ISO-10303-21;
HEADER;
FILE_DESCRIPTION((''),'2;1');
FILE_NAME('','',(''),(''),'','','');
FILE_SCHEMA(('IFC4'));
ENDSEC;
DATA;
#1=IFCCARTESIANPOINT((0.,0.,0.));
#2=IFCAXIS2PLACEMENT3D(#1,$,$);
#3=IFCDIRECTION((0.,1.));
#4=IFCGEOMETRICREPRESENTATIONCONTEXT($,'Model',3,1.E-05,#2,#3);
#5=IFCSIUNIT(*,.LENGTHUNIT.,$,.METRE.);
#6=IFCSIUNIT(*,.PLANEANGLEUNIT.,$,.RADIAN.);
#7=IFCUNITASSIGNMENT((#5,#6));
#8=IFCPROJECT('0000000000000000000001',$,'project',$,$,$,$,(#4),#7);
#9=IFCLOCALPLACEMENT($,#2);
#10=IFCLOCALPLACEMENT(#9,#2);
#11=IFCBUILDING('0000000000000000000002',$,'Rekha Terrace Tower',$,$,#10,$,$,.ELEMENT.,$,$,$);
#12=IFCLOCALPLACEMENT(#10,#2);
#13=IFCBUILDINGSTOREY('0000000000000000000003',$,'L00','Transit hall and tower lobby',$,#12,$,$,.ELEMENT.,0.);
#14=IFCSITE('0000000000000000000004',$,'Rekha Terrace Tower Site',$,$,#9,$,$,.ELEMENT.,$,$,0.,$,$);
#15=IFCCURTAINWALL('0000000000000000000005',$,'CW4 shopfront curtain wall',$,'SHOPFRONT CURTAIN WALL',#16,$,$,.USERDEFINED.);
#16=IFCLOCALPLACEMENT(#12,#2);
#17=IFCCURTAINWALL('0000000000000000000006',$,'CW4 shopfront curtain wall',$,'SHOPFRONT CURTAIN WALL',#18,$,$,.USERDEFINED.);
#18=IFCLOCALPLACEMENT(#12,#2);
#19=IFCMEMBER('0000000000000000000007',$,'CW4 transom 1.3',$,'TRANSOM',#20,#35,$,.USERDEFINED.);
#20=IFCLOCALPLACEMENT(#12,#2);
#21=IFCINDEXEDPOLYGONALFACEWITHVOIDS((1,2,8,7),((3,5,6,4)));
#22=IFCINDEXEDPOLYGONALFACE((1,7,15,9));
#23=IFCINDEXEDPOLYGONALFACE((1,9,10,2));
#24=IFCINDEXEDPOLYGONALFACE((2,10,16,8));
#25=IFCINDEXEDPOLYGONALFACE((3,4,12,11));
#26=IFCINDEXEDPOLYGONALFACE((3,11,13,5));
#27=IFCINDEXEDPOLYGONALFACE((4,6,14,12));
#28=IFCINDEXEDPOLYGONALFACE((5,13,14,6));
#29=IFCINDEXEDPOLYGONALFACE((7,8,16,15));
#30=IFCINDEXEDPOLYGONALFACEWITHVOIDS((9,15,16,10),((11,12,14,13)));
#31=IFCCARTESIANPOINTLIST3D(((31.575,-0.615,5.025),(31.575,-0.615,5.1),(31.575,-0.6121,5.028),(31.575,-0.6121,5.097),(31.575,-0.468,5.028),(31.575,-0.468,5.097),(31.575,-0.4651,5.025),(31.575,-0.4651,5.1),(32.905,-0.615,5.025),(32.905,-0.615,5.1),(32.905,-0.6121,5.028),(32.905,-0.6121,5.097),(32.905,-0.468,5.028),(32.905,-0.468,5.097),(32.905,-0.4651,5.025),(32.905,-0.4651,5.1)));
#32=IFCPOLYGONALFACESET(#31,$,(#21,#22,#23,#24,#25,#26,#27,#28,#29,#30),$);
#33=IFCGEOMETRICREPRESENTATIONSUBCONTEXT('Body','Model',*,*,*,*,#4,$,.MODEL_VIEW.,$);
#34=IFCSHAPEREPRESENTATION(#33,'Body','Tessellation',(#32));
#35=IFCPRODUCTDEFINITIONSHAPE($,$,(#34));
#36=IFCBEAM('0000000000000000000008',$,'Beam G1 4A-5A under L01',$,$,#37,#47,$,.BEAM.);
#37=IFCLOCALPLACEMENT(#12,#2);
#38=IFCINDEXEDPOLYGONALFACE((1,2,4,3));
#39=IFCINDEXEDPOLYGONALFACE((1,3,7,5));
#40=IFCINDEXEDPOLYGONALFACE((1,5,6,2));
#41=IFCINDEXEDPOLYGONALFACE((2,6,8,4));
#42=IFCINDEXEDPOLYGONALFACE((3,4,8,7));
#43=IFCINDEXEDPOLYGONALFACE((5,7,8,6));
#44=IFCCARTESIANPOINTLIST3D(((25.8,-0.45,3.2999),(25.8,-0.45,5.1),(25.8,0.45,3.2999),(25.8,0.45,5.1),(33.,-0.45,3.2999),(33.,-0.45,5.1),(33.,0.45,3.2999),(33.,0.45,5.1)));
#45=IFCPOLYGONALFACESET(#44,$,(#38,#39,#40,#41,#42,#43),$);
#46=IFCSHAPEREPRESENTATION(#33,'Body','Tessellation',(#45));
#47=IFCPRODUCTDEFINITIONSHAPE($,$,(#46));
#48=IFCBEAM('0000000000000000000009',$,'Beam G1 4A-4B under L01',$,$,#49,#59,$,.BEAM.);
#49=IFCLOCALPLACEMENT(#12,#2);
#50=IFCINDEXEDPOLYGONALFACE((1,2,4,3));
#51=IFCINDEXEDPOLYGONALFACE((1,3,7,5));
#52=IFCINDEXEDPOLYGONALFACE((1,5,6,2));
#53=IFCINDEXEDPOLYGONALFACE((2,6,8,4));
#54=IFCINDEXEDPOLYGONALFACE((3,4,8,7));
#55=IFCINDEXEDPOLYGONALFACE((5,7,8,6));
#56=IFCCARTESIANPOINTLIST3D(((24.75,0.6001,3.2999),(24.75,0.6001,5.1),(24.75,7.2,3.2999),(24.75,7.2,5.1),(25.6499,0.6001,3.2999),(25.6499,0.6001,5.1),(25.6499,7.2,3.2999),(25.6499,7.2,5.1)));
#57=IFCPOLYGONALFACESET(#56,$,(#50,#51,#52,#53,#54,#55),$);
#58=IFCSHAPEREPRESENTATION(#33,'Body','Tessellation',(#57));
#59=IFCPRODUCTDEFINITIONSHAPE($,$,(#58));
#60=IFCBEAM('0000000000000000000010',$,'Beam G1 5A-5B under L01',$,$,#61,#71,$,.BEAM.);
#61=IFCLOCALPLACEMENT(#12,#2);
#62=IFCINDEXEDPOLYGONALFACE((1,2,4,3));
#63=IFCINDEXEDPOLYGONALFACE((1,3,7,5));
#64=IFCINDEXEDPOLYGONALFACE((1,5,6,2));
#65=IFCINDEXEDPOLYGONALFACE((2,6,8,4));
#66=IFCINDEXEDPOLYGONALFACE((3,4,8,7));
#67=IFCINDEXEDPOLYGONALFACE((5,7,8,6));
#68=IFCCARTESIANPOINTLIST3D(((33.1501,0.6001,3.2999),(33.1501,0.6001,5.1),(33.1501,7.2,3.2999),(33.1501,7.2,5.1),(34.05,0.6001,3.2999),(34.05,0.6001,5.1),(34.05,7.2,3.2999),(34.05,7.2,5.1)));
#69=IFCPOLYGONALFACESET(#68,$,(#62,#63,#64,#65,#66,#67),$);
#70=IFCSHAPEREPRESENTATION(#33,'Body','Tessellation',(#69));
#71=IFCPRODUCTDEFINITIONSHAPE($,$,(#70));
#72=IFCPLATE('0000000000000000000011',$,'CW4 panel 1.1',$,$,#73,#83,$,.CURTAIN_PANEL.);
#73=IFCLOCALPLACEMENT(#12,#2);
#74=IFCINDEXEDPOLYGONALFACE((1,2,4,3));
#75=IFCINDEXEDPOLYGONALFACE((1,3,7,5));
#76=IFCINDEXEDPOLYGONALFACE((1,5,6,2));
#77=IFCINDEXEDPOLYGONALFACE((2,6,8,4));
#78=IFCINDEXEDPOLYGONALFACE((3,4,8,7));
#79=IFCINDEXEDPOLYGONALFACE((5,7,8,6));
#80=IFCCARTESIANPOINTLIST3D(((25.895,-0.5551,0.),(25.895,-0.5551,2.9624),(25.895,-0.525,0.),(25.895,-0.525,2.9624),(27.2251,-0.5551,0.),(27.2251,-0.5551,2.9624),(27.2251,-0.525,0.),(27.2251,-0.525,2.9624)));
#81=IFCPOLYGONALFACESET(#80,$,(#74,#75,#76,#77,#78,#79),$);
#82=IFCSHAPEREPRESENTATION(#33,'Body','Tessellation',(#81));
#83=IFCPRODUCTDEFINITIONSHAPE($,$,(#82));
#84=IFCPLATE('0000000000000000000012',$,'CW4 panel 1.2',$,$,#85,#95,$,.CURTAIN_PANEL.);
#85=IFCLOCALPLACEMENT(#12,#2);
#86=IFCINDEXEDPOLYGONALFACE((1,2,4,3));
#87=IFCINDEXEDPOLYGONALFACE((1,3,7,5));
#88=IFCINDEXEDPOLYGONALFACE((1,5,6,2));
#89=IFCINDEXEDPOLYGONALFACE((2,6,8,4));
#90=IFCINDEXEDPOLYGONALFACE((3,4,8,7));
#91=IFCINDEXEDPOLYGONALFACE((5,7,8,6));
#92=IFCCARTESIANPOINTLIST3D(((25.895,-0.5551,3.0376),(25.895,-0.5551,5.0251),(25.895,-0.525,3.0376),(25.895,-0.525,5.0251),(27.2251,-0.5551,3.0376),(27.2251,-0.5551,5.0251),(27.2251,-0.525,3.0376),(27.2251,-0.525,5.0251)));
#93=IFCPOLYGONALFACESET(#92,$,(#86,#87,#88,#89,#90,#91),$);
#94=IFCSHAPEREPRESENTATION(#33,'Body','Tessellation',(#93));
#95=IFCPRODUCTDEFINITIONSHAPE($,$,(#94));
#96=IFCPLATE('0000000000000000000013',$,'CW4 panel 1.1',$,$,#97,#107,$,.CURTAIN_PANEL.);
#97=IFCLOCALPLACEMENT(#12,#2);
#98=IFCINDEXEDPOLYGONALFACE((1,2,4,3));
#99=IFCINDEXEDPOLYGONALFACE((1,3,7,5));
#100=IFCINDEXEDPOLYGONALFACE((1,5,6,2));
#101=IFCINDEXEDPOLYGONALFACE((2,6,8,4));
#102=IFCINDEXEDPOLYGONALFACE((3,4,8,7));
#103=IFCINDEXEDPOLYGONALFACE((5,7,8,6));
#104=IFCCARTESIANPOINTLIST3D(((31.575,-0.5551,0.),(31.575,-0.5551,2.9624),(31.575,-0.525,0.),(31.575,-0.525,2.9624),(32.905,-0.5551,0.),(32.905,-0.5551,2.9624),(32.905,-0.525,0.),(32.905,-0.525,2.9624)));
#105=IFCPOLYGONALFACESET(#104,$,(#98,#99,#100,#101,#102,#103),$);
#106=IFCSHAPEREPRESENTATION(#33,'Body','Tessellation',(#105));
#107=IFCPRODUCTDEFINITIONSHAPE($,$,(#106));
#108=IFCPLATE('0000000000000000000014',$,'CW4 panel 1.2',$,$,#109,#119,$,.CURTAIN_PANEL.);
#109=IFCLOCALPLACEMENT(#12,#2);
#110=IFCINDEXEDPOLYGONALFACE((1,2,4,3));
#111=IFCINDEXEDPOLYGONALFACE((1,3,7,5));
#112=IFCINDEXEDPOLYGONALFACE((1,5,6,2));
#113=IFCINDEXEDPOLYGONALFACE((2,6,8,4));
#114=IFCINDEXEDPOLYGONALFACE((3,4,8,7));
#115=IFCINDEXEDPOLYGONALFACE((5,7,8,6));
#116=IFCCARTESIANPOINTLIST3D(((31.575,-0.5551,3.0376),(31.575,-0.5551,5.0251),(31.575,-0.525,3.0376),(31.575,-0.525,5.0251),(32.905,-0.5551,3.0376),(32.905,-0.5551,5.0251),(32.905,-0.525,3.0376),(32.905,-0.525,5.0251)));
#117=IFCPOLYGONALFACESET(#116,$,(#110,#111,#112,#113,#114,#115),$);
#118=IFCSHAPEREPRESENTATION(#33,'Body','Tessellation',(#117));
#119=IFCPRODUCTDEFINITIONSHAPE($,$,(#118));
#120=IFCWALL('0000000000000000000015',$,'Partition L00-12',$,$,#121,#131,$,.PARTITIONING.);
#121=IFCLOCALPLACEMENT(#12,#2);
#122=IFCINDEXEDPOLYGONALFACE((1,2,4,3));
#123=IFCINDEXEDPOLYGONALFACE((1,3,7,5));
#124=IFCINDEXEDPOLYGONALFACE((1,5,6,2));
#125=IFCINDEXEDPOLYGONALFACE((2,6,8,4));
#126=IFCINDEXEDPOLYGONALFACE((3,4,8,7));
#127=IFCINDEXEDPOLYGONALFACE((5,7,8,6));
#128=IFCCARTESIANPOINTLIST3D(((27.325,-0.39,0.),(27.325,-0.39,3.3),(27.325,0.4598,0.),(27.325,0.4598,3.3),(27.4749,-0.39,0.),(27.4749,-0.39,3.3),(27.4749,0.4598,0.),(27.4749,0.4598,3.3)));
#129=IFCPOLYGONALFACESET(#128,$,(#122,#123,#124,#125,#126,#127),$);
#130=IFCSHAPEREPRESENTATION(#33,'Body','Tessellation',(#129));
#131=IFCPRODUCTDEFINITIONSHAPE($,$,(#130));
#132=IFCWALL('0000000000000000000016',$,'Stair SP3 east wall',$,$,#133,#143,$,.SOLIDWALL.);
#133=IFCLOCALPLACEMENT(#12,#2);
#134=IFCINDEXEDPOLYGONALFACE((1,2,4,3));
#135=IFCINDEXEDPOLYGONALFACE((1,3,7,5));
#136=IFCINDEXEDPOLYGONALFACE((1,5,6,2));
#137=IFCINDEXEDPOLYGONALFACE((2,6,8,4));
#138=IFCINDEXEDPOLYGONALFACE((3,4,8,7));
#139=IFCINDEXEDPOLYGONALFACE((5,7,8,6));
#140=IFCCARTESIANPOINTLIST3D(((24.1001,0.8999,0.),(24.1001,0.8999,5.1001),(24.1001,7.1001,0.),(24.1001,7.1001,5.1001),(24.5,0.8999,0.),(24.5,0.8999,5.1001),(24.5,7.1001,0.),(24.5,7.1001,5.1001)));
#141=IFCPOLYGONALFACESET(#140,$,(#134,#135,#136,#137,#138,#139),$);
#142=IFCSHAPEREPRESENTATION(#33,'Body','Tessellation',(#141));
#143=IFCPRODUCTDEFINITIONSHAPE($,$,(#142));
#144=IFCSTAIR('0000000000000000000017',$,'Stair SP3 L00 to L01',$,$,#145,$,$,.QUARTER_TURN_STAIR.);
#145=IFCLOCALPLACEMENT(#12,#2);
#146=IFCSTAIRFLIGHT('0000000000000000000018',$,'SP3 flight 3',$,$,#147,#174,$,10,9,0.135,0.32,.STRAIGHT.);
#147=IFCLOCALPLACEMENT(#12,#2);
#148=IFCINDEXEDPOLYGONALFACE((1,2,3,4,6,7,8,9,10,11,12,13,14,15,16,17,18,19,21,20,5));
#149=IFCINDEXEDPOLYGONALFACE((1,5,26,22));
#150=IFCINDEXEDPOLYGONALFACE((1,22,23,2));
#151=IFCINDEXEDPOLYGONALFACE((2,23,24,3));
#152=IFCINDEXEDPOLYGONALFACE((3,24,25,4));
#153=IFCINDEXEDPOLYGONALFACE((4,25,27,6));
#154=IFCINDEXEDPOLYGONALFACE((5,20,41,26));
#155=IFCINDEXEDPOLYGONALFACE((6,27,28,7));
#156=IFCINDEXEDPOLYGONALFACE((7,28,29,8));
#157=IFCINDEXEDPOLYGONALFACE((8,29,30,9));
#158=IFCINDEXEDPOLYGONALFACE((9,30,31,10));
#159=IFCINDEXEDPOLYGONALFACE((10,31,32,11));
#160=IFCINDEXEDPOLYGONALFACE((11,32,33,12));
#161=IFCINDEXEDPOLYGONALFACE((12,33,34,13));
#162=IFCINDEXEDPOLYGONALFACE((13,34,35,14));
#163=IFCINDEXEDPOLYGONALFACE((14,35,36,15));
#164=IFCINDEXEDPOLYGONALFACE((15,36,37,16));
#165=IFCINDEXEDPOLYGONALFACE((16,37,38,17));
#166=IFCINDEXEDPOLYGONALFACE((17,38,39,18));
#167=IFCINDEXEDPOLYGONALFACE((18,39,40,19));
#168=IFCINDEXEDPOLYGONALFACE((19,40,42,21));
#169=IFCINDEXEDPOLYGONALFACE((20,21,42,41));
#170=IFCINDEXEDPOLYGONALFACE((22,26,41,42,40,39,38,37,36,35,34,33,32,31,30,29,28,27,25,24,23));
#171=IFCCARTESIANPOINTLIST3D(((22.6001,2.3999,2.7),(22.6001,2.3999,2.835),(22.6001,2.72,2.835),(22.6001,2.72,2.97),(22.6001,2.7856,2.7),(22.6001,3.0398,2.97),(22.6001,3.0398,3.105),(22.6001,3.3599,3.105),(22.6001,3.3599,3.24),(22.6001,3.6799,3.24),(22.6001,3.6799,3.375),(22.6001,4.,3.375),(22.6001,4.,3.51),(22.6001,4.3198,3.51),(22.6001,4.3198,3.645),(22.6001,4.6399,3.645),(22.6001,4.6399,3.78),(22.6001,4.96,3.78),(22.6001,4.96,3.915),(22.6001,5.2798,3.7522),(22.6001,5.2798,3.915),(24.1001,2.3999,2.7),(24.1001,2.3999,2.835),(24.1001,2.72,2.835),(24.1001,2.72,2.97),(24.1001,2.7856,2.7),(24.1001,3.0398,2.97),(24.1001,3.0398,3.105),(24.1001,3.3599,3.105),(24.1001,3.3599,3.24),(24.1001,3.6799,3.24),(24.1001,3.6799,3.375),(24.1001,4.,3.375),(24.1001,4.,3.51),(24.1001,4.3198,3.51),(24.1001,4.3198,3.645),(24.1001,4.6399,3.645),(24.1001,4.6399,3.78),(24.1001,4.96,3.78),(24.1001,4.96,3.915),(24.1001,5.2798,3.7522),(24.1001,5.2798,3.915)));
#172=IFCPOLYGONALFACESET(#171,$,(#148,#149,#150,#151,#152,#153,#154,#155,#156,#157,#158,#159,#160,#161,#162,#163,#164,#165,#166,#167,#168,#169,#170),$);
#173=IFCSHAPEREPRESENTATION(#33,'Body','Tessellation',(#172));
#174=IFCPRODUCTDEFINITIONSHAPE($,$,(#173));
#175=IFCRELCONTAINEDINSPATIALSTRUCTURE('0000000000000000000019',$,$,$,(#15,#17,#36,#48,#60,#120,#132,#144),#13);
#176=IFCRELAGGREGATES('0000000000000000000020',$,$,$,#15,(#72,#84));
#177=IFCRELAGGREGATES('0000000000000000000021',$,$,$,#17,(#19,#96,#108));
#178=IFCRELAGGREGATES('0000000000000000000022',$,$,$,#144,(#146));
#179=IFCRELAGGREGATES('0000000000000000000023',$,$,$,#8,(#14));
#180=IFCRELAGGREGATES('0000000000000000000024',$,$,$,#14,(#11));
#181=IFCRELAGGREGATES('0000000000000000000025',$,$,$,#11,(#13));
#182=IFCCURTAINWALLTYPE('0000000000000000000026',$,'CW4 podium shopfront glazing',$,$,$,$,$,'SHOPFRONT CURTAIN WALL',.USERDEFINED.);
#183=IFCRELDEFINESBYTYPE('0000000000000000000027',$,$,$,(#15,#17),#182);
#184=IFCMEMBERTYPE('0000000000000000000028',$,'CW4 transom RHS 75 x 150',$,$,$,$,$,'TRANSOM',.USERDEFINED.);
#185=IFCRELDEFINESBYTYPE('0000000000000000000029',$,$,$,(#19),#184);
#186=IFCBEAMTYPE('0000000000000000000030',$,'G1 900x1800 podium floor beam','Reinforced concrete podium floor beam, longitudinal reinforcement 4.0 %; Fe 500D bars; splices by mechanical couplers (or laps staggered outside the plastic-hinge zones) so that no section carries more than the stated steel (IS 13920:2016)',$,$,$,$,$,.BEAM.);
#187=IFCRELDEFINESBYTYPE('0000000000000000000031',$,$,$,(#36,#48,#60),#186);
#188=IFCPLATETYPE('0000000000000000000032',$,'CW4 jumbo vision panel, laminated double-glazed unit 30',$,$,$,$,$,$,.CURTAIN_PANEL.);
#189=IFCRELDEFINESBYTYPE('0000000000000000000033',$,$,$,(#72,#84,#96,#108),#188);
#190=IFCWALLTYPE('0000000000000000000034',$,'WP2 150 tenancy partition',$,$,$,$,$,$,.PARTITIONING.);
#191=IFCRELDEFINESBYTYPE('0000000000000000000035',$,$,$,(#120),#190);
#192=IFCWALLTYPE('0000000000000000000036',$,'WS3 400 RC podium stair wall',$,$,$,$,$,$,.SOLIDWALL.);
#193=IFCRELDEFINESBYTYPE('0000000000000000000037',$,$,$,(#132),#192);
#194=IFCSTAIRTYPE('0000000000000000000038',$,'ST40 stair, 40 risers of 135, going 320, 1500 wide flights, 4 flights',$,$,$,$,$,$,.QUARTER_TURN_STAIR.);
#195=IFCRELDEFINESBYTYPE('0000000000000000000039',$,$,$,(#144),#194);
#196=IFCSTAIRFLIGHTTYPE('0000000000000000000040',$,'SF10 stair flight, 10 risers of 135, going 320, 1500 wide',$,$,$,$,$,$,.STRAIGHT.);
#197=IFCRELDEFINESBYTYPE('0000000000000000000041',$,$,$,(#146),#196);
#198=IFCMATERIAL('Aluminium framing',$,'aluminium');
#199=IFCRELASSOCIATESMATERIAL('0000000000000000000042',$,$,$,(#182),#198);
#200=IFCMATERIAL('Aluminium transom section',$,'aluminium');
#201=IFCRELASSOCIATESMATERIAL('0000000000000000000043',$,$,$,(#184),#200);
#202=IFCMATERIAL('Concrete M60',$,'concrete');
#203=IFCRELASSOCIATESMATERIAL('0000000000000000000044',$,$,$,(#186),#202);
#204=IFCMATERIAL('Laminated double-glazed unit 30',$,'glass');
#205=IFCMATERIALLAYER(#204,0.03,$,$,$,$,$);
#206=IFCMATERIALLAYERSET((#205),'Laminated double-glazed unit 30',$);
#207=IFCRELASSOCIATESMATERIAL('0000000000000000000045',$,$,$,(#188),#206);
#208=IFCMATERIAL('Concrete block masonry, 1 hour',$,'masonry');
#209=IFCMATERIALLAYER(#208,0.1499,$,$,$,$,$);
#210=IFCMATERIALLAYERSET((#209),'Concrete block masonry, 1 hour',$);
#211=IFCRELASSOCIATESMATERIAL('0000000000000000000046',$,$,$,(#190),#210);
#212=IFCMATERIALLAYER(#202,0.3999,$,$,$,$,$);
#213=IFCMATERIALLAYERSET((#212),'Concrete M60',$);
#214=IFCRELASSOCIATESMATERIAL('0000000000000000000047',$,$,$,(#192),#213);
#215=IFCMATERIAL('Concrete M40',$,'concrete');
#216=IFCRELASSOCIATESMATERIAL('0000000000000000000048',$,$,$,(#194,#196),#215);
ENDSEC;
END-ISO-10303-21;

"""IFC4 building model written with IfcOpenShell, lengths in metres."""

from ifc_helpers import new_model, si_unit, direction, frame, frame_2d, origin, origin_2d, place, context, subcontext, project, spatial, polyline, rectangle, hollow_rectangle, outline, extrude, material, layer, layer_set, material_profile, profile_set, type_object, element, aggregate, save


model = new_model("IFC4")

# Units and contexts
model_context = context("Model", 3, precision=1e-05, world=origin(), true_north=direction((0.0, 1.0)))
body_context = subcontext(model_context, "Body", "Model", "MODEL_VIEW")
ifc_project = project(units=[si_unit("LENGTHUNIT", "METRE"), si_unit("PLANEANGLEUNIT", "RADIAN")], contexts=[model_context])

# Site, building, storey
site_placement = place(None, origin())
site = spatial("IfcSite", under=ifc_project, at=site_placement, Name="Rekha Terrace Tower Site", CompositionType="ELEMENT", RefElevation=0.0)
building_placement = place(site_placement, origin())
building = spatial("IfcBuilding", under=site, at=building_placement, Name="Rekha Terrace Tower", CompositionType="ELEMENT")
storey_placement = place(building_placement, origin())
storey = spatial("IfcBuildingStorey", under=building, at=storey_placement, Name="L00", Description="Transit hall and tower lobby", CompositionType="ELEMENT", Elevation=0.0)

# Shared definitions
ifc_material_1 = material(Name="Concrete M60", Category="concrete")

# Shared definitions
ifc_material_2 = material(Name="Aluminium framing", Category="aluminium")
curtain_wall_type = type_object("IfcCurtainWallType", Name="CW4 podium shopfront glazing", ElementType="SHOPFRONT CURTAIN WALL", PredefinedType="USERDEFINED", material=ifc_material_2)

# Curtain walls
curtain_wall_1_placement = place(storey_placement, origin())
curtain_wall_1 = element("IfcCurtainWall", 1, at=curtain_wall_1_placement, inside=storey, type_object=curtain_wall_type, Name="CW4 shopfront curtain wall", ObjectType="SHOPFRONT CURTAIN WALL", PredefinedType="USERDEFINED")
curtain_wall_2_placement = place(storey_placement, origin())
curtain_wall_2 = element("IfcCurtainWall", 2, at=curtain_wall_2_placement, inside=storey, type_object=curtain_wall_type, Name="CW4 shopfront curtain wall", ObjectType="SHOPFRONT CURTAIN WALL", PredefinedType="USERDEFINED")

# Member
ifc_material_3 = material(Name="Aluminium transom section", Category="aluminium")
ifc_material_profile_1 = material_profile(ifc_material_3, hollow_rectangle(XDim=0.1499, YDim=0.075, WallThickness=0.0029, at=origin_2d()), Name="AL RHS 150x75")
ifc_profile_set_1 = profile_set([ifc_material_profile_1], Name="Aluminium transom section")
member_type_1 = type_object("IfcMemberType", Name="CW4 transom RHS 75 x 150", ElementType="TRANSOM", PredefinedType="USERDEFINED", material=ifc_profile_set_1)
member_1_placement = place(storey_placement, frame((31.575, -0.54, 5.0625), z_axis=(1.0, 0.0, 0.0), x_axis=(0.0, 1.0, 0.0)))
member_1 = element("IfcMember", 3, at=member_1_placement, type_object=member_type_1, Name="CW4 transom 1.3", ObjectType="TRANSOM", PredefinedType="USERDEFINED", context=body_context, shape_type="SweptSolid", body=[
    extrude(hollow_rectangle(XDim=0.1499, YDim=0.075, WallThickness=0.0029, at=origin_2d()), origin(), (0.0, 0.0, 1.0), 1.3301),
])

# Beams
ifc_material_profile_2 = material_profile(ifc_material_1, rectangle(XDim=0.8999, YDim=1.8, at=origin_2d()), Name="RC 900x1800")
ifc_profile_set_2 = profile_set([ifc_material_profile_2], Name="Concrete M60")
beam_type = type_object("IfcBeamType", Name="G1 900x1800 podium floor beam", Description="Reinforced concrete podium floor beam, longitudinal reinforcement 4.0 %; Fe 500D bars; splices by mechanical couplers (or laps staggered outside the plastic-hinge zones) so that no section carries more than the stated steel (IS 13920:2016)", PredefinedType="BEAM", material=ifc_profile_set_2)
beam_placement = place(storey_placement, frame((25.8, 0.0, 4.2), z_axis=(1.0, 0.0, 0.0), x_axis=(0.0, 1.0, 0.0)))
element("IfcBeam", 4, at=beam_placement, inside=storey, type_object=beam_type, Name="Beam G1 4A-5A under L01", PredefinedType="BEAM", context=body_context, shape_type="SweptSolid", body=[
    extrude(rectangle(XDim=0.8999, YDim=1.8, at=origin_2d()), origin(), (0.0, 0.0, 1.0), 7.2),
])
for number, where, z_axis, x_axis, name in (
    (5, (25.2, 0.6001, 4.2), (0.0, 1.0, 0.0), (-1.0, 0.0, 0.0), "Beam G1 4A-4B under L01"),
    (6, (33.6001, 0.6001, 4.2), (0.0, 1.0, 0.0), (-1.0, 0.0, 0.0), "Beam G1 5A-5B under L01"),
):
    element("IfcBeam", number, at=place(storey_placement, frame(where, z_axis=z_axis, x_axis=x_axis)), inside=storey, type_object=beam_type, Name=name, PredefinedType="BEAM", context=body_context, shape_type="SweptSolid", body=[
        extrude(rectangle(XDim=0.8999, YDim=1.8, at=origin_2d()), origin(), (0.0, 0.0, 1.0), 6.5999),
    ])

# Plates
ifc_material_4 = material(Name="Laminated double-glazed unit 30", Category="glass")
ifc_layer_1 = layer(ifc_material_4, 0.03)
ifc_layer_set_1 = layer_set([ifc_layer_1], Name="Laminated double-glazed unit 30")
plate_type = type_object("IfcPlateType", Name="CW4 jumbo vision panel, laminated double-glazed unit 30", PredefinedType="CURTAIN_PANEL", material=ifc_layer_set_1)
plate_1_placement = place(storey_placement, frame((26.5601, -0.54, 0.0), z_axis=(0.0, 0.0, 1.0), x_axis=(1.0, 0.0, 0.0)))
plate_1 = element("IfcPlate", 7, at=plate_1_placement, type_object=plate_type, Name="CW4 panel 1.1", PredefinedType="CURTAIN_PANEL", context=body_context, shape_type="SweptSolid", body=[
    extrude(rectangle(XDim=1.3301, YDim=0.03, at=origin_2d()), origin(), (0.0, 0.0, 1.0), 2.9624),
])
plate_2_placement = place(storey_placement, frame((26.5601, -0.54, 3.0376), z_axis=(0.0, 0.0, 1.0), x_axis=(1.0, 0.0, 0.0)))
plate_2 = element("IfcPlate", 8, at=plate_2_placement, type_object=plate_type, Name="CW4 panel 1.2", PredefinedType="CURTAIN_PANEL", context=body_context, shape_type="SweptSolid", body=[
    extrude(rectangle(XDim=1.3301, YDim=0.03, at=origin_2d()), origin(), (0.0, 0.0, 1.0), 1.9875),
])
aggregate(curtain_wall_1, [plate_1, plate_2])
plate_3_placement = place(storey_placement, frame((32.24, -0.54, 0.0), z_axis=(0.0, 0.0, 1.0), x_axis=(1.0, 0.0, 0.0)))
plate_3 = element("IfcPlate", 9, at=plate_3_placement, type_object=plate_type, Name="CW4 panel 1.1", PredefinedType="CURTAIN_PANEL", context=body_context, shape_type="SweptSolid", body=[
    extrude(rectangle(XDim=1.3301, YDim=0.03, at=origin_2d()), origin(), (0.0, 0.0, 1.0), 2.9624),
])
plate_4_placement = place(storey_placement, frame((32.24, -0.54, 3.0376), z_axis=(0.0, 0.0, 1.0), x_axis=(1.0, 0.0, 0.0)))
plate_4 = element("IfcPlate", 10, at=plate_4_placement, type_object=plate_type, Name="CW4 panel 1.2", PredefinedType="CURTAIN_PANEL", context=body_context, shape_type="SweptSolid", body=[
    extrude(rectangle(XDim=1.3301, YDim=0.03, at=origin_2d()), origin(), (0.0, 0.0, 1.0), 1.9875),
])
aggregate(curtain_wall_2, [member_1, plate_3, plate_4])

# Shared definitions
ifc_material_5 = material(Name="Concrete M40", Category="concrete")

# Wall
ifc_material_6 = material(Name="Concrete block masonry, 1 hour", Category="masonry")
ifc_layer_2 = layer(ifc_material_6, 0.1499)
ifc_layer_set_2 = layer_set([ifc_layer_2], Name="Concrete block masonry, 1 hour")
wall_type_1 = type_object("IfcWallType", Name="WP2 150 tenancy partition", PredefinedType="PARTITIONING", material=ifc_layer_set_2)
wall_1_placement = place(storey_placement, frame((27.3999, -0.3899, 0.0), z_axis=(0.0, 0.0, 1.0), x_axis=(0.0, 1.0, 0.0)))
element("IfcWall", 11, at=wall_1_placement, inside=storey, type_object=wall_type_1, Name="Partition L00-12", PredefinedType="PARTITIONING", context=body_context, shape_type="SweptSolid", body=[
    extrude(rectangle(XDim=0.8499, YDim=0.1499, at=frame_2d((0.4248, 0.0))), origin(), (0.0, 0.0, 1.0), 3.3),
])

# Wall
ifc_layer_3 = layer(ifc_material_1, 0.3999)
ifc_layer_set_3 = layer_set([ifc_layer_3], Name="Concrete M60")
wall_type_2 = type_object("IfcWallType", Name="WS3 400 RC podium stair wall", PredefinedType="SOLIDWALL", material=ifc_layer_set_3)
wall_2_placement = place(storey_placement, frame((24.3, 0.8999, 0.0), z_axis=(0.0, 0.0, 1.0), x_axis=(0.0, 1.0, 0.0)))
element("IfcWall", 12, at=wall_2_placement, inside=storey, type_object=wall_type_2, Name="Stair SP3 east wall", PredefinedType="SOLIDWALL", context=body_context, shape_type="SweptSolid", body=[
    extrude(rectangle(XDim=6.2002, YDim=0.3999, at=frame_2d((3.1001, 0.0))), origin(), (0.0, 0.0, 1.0), 5.1001),
])

# Stair, stair flight
stair_type = type_object("IfcStairType", Name="ST40 stair, 40 risers of 135, going 320, 1500 wide flights, 4 flights", PredefinedType="QUARTER_TURN_STAIR", material=ifc_material_5)
stair_placement = place(storey_placement, origin())
stair = element("IfcStair", 13, at=stair_placement, inside=storey, type_object=stair_type, Name="Stair SP3 L00 to L01", PredefinedType="QUARTER_TURN_STAIR")
stair_flight_type = type_object("IfcStairFlightType", Name="SF10 stair flight, 10 risers of 135, going 320, 1500 wide", PredefinedType="STRAIGHT", material=ifc_material_5)
stair_flight_placement = place(storey_placement, frame((23.3501, 2.3999, 2.7), z_axis=(0.0, 0.0, 1.0), x_axis=(0.0, 1.0, 0.0)))
stair_flight = element("IfcStairFlight", 14, at=stair_flight_placement, type_object=stair_flight_type, Name="SP3 flight 3", NumberOfRisers=10, NumberOfTreads=9, PredefinedType="STRAIGHT", RiserHeight=0.135, TreadLength=0.32, context=body_context, shape_type="SweptSolid", body=[
    extrude(outline(polyline([(0.0, 0.0), (0.0, 0.135), (0.3201, 0.135), (0.3201, 0.27), (0.6399, 0.27), (0.6399, 0.405), (0.96, 0.405), (0.96, 0.54), (1.28, 0.54), (1.28, 0.675), (1.6001, 0.675), (1.6001, 0.8101), (1.9199, 0.8101), (1.9199, 0.9451), (2.24, 0.9451), (2.24, 1.0801), (2.5601, 1.0801), (2.5601, 1.2151), (2.8799, 1.2151), (2.8799, 1.3501), (2.8799, 1.0522), (0.3857, 0.0), (0.0, 0.0)])), frame((0.0, 0.75, 0.0), z_axis=(0.0, -1.0, 0.0), x_axis=(1.0, 0.0, 0.0)), (0.0, 0.0, 1.0), 1.5),
])
aggregate(stair, [stair_flight])

save(model, "model.ifc")
